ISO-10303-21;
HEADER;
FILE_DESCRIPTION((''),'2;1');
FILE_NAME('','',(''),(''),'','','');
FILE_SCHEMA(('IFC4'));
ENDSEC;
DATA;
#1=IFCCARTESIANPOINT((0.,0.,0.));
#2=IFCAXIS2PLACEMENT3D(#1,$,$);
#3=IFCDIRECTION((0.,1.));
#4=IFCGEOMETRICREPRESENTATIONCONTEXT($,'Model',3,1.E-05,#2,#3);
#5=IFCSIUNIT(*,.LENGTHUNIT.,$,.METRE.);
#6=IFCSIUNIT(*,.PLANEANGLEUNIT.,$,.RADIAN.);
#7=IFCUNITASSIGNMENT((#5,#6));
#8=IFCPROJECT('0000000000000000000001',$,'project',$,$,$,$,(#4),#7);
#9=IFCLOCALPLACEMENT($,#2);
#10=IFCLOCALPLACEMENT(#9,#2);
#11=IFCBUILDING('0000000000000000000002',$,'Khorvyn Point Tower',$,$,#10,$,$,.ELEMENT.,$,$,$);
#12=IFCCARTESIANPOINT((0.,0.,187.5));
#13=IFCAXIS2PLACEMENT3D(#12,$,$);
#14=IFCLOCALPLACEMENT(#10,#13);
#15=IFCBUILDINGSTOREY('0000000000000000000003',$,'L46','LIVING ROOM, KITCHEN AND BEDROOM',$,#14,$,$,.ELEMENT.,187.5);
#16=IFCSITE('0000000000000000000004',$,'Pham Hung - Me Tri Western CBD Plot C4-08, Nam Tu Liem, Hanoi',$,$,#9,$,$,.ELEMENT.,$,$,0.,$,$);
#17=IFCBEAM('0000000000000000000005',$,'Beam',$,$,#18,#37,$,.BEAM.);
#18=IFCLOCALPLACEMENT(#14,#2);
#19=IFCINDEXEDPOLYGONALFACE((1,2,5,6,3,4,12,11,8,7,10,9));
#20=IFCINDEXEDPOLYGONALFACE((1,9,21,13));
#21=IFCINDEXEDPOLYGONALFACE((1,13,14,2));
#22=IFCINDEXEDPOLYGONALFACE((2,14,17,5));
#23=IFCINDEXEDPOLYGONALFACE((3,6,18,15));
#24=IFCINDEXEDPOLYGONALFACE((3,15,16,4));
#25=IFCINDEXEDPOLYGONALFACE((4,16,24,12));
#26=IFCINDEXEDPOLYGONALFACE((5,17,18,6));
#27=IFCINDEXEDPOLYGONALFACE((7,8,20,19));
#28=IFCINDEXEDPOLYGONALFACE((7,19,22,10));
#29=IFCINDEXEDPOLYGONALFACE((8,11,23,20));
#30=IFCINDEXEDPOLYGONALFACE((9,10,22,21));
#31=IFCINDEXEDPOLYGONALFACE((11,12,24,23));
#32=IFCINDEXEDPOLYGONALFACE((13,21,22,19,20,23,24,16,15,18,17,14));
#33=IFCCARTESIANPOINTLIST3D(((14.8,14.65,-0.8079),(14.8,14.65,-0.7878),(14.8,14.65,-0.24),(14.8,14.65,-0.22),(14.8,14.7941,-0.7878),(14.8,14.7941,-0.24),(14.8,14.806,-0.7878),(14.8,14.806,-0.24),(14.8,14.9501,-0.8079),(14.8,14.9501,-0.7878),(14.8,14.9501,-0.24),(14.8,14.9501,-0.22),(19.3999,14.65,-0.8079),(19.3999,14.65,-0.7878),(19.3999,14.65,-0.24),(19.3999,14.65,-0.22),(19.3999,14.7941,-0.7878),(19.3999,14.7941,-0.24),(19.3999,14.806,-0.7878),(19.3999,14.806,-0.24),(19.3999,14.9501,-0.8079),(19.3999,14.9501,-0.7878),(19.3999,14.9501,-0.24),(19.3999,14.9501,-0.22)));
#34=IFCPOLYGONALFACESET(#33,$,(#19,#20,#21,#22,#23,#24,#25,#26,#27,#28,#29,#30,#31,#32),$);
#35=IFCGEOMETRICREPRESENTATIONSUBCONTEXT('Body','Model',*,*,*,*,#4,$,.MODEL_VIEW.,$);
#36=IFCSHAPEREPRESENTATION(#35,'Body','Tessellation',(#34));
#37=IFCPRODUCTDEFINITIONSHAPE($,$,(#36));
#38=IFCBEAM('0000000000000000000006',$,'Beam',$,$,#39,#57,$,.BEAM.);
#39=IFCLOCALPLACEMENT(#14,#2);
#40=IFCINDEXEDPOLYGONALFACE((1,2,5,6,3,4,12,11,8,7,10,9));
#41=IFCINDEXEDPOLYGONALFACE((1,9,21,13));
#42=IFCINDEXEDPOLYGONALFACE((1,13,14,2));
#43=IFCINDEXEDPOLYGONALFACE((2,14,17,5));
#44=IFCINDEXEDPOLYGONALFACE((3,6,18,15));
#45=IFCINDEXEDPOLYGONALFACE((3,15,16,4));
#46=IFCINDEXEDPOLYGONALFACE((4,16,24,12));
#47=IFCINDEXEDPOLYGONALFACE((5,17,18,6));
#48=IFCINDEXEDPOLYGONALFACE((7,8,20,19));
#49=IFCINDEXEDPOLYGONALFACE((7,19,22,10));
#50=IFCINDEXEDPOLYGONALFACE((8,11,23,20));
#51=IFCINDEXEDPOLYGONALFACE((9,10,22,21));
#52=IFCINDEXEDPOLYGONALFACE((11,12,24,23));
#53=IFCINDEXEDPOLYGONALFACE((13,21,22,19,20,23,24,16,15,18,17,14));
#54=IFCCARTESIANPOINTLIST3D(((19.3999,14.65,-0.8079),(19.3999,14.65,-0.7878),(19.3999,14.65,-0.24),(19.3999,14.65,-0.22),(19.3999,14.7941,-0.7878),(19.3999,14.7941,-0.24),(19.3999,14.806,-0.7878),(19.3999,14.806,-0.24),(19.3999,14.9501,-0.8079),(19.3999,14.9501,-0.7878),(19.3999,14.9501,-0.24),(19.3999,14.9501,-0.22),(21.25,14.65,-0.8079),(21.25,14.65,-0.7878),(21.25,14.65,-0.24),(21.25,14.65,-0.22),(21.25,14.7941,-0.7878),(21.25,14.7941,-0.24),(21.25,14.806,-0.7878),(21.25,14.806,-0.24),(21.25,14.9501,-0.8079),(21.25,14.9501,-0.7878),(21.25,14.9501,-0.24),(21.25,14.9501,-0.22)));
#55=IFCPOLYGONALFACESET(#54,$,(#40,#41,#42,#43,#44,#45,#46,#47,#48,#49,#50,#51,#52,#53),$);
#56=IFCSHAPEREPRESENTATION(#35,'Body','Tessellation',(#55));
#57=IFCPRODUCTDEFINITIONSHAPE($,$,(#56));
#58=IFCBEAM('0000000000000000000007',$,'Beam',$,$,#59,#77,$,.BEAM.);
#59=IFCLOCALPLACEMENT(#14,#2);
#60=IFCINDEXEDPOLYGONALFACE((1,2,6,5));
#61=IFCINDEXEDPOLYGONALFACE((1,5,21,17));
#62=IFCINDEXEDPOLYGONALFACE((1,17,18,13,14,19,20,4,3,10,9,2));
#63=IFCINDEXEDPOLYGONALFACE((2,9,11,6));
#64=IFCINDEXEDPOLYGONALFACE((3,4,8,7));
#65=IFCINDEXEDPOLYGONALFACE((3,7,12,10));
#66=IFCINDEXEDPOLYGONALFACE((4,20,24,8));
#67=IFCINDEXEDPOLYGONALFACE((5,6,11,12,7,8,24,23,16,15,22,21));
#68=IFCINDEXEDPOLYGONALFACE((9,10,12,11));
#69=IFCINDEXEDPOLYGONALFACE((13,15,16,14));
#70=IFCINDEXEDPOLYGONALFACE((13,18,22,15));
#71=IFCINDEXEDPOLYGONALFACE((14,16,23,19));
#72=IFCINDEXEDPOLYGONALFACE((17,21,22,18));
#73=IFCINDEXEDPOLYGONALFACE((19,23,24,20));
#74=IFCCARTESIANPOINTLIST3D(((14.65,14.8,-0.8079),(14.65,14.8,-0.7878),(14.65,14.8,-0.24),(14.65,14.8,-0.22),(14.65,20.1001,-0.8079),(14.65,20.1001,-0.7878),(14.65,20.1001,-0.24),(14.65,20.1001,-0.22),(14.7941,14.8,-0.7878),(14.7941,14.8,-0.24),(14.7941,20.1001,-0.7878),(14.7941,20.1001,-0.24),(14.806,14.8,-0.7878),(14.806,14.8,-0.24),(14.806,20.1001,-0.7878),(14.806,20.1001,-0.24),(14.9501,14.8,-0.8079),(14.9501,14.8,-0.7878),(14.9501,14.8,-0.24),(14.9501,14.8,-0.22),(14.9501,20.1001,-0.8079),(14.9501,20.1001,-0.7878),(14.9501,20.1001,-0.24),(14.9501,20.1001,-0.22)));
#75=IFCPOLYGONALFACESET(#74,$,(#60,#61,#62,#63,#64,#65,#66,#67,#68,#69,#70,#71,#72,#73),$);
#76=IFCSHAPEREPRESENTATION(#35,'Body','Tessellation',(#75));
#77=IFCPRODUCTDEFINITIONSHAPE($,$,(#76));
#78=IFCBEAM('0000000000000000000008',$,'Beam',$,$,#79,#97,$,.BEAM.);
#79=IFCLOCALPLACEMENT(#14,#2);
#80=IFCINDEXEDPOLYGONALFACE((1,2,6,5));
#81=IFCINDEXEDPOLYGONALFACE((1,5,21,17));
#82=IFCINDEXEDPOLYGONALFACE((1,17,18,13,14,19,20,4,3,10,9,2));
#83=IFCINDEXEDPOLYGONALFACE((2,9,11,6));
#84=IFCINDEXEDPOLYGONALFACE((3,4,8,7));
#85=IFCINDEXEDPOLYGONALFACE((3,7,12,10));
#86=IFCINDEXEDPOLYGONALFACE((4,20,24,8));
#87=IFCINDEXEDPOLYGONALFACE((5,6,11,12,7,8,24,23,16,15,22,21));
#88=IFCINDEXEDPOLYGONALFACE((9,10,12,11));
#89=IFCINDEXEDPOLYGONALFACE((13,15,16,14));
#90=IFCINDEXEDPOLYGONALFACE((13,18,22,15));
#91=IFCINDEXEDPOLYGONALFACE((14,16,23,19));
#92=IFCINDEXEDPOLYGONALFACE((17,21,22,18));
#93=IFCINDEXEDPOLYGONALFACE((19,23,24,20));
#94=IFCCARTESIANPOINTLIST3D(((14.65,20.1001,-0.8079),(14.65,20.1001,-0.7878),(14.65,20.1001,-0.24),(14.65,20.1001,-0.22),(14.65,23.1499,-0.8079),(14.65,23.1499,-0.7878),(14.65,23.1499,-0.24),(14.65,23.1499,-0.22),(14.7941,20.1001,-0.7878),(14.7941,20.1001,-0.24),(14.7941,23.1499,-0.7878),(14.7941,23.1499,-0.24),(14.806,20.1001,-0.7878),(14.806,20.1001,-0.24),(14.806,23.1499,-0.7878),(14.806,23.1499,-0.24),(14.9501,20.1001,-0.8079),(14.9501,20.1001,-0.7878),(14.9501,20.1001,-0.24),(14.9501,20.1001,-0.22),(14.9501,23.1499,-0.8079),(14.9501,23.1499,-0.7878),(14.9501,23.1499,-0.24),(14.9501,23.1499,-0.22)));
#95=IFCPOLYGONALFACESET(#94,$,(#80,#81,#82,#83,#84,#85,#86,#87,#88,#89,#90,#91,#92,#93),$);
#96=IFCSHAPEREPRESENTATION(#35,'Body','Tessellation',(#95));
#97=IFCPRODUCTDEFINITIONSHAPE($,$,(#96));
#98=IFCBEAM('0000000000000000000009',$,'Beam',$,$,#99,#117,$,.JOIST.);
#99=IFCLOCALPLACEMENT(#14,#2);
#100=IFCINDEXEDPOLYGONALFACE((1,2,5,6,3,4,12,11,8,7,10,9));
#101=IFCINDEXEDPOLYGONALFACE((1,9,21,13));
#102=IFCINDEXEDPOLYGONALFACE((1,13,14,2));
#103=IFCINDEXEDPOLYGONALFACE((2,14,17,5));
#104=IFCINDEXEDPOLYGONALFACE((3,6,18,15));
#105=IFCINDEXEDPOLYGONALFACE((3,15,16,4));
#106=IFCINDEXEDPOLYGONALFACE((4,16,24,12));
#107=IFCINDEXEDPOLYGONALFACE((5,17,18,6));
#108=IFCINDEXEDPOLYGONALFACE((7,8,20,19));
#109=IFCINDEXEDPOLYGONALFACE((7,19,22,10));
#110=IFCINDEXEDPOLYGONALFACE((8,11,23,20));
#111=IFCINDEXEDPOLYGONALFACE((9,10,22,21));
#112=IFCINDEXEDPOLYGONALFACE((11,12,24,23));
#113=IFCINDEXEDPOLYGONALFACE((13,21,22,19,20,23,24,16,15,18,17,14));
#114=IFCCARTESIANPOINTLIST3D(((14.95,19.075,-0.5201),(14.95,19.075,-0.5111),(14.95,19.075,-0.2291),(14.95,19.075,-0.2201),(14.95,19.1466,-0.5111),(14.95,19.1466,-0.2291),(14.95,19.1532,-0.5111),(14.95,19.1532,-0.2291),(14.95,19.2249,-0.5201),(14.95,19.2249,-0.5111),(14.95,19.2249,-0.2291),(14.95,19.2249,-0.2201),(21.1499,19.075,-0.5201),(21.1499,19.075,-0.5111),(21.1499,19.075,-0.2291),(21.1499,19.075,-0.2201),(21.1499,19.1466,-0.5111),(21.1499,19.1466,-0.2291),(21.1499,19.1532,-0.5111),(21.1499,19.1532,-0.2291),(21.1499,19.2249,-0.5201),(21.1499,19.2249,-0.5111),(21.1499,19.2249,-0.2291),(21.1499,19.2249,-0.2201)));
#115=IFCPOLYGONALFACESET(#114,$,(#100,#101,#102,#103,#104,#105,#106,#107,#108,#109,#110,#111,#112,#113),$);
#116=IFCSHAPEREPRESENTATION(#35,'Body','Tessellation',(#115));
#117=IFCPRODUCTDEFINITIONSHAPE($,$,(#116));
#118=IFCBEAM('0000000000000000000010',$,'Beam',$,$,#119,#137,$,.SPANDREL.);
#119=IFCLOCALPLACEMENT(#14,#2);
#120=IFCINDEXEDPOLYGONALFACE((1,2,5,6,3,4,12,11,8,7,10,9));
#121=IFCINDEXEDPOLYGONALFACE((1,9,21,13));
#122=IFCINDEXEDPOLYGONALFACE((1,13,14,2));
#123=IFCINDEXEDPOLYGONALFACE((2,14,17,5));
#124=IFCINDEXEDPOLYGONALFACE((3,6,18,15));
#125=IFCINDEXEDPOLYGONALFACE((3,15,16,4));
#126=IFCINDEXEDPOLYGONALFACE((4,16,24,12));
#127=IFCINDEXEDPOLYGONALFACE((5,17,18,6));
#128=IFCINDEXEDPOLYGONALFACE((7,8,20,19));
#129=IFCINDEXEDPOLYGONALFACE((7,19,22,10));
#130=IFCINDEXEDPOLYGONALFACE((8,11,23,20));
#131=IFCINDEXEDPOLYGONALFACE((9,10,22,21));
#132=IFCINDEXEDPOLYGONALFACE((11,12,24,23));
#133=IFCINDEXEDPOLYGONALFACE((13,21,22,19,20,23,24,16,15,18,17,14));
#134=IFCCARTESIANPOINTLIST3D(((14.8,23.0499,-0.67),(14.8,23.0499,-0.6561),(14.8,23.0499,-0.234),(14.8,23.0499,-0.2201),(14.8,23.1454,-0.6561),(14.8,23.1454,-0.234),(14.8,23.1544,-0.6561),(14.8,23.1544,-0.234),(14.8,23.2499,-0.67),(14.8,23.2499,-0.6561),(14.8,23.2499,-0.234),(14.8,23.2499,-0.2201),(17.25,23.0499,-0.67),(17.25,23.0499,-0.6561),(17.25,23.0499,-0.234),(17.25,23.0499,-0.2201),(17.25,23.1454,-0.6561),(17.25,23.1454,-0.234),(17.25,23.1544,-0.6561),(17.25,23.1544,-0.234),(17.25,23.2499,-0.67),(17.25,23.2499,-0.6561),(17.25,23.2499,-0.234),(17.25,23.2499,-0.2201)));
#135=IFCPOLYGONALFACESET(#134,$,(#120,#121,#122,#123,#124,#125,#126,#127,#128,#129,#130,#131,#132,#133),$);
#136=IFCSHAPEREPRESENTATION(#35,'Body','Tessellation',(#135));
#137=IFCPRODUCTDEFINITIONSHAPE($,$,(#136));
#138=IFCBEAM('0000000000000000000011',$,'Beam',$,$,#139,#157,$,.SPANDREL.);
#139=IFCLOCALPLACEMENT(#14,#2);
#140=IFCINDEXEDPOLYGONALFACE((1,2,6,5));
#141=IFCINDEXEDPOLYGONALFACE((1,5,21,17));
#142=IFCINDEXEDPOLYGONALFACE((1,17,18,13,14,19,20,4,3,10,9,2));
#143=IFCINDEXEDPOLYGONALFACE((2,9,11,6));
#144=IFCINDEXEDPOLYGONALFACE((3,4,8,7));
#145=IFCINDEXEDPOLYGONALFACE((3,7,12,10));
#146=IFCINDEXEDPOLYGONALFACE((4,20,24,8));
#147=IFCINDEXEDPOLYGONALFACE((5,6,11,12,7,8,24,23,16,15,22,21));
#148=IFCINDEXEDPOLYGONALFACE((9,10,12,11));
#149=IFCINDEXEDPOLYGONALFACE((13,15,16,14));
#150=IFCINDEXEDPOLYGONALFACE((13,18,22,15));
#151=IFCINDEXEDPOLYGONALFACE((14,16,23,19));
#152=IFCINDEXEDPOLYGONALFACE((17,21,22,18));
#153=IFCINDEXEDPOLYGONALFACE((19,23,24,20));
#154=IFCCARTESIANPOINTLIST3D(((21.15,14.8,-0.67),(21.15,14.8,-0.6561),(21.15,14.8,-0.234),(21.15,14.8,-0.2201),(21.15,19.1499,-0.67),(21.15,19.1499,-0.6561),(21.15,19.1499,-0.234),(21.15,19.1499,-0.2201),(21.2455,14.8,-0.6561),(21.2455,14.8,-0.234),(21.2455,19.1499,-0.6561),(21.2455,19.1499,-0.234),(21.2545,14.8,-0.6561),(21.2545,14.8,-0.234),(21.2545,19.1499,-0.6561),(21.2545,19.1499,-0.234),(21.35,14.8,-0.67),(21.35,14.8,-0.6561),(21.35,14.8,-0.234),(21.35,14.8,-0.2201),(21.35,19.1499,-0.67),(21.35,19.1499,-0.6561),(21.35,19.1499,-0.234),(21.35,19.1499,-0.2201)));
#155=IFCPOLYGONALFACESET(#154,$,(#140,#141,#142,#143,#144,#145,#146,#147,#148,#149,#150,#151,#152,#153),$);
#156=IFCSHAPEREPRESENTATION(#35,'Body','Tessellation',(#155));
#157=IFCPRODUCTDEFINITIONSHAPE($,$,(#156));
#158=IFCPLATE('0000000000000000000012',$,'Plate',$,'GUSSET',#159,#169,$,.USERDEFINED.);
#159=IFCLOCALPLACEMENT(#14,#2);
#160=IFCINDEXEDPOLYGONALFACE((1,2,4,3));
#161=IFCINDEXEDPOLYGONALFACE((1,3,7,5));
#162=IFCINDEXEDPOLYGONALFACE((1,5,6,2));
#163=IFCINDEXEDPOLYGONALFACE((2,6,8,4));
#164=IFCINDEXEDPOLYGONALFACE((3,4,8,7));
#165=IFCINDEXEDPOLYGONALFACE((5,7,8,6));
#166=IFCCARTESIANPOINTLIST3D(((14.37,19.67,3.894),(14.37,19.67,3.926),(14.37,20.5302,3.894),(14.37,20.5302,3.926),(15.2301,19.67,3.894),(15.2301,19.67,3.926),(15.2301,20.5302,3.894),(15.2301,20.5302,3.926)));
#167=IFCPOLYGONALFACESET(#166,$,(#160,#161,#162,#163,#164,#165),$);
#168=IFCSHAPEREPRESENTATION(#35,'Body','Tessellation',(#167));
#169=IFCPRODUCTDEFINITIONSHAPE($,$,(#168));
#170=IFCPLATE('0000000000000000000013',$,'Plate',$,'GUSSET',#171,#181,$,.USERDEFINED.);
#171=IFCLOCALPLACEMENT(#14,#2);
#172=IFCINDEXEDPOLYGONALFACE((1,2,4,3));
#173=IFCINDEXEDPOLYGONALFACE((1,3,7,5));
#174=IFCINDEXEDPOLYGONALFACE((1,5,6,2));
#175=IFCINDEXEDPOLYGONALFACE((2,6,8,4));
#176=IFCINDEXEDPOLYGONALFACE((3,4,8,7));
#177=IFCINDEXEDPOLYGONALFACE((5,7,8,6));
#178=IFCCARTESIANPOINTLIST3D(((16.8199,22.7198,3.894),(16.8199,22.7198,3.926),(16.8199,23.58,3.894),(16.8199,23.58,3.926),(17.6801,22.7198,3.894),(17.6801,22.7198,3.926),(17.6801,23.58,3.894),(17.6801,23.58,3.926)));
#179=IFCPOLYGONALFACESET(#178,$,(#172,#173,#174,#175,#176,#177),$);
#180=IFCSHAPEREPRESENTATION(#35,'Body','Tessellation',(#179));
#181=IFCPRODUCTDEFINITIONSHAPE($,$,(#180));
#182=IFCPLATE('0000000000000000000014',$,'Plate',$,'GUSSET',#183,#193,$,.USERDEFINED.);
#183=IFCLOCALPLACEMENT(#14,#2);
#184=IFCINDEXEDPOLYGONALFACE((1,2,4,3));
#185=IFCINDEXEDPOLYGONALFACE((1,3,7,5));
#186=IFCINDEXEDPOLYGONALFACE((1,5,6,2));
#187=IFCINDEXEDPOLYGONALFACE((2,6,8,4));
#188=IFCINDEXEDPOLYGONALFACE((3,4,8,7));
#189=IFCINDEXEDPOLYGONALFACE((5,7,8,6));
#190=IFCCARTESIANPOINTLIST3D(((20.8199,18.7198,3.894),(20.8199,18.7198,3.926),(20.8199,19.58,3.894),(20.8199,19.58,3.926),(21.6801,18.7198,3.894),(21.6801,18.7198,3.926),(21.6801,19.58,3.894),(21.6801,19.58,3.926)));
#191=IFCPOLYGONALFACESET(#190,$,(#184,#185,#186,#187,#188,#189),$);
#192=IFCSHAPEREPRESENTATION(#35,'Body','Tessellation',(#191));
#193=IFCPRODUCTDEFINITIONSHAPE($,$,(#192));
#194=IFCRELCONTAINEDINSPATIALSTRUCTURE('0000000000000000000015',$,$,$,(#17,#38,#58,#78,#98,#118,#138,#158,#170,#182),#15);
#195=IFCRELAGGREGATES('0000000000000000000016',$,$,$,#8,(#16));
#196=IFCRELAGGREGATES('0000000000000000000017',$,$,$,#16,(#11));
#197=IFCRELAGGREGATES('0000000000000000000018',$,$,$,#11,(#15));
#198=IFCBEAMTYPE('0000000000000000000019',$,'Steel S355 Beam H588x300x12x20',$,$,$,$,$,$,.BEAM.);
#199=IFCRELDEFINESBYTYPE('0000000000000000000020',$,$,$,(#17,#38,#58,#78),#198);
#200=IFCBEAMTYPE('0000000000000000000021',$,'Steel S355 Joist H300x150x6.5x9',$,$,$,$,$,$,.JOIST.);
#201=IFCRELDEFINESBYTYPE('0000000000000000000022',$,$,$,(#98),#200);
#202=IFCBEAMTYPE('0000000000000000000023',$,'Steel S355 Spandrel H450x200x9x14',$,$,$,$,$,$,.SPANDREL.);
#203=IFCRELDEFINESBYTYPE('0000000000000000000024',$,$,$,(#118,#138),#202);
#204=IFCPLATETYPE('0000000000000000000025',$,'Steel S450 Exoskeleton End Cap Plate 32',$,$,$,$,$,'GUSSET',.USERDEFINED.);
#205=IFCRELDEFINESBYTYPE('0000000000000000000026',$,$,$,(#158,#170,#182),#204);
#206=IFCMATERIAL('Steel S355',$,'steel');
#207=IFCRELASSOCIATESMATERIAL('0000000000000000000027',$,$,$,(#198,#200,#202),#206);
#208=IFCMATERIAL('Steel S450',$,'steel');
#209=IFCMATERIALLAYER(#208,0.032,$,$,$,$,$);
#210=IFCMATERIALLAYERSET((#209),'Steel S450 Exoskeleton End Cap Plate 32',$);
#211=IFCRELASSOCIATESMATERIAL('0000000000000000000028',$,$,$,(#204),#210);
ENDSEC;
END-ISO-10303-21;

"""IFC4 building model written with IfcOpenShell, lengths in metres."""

from ifc_helpers import new_model, si_unit, direction, frame, origin, origin_2d, place, context, subcontext, project, spatial, rectangle, i_section, extrude, material, layer, layer_set, material_profile, profile_set, type_object, element, save


model = new_model("IFC4")

# Units and contexts
model_context = context("Model", 3, precision=1e-05, world=origin(), true_north=direction((0.0, 1.0)))
body_context = subcontext(model_context, "Body", "Model", "MODEL_VIEW")
ifc_project = project(units=[si_unit("LENGTHUNIT", "METRE"), si_unit("PLANEANGLEUNIT", "RADIAN")], contexts=[model_context])

# Site, building, storey
site_placement = place(None, origin())
site = spatial("IfcSite", under=ifc_project, at=site_placement, Name="Pham Hung - Me Tri Western CBD Plot C4-08, Nam Tu Liem, Hanoi", CompositionType="ELEMENT", RefElevation=0.0)
building_placement = place(site_placement, origin())
building = spatial("IfcBuilding", under=site, at=building_placement, Name="Khorvyn Point Tower", CompositionType="ELEMENT")
storey_placement = place(building_placement, frame((0.0, 0.0, 187.5)))
storey = spatial("IfcBuildingStorey", under=building, at=storey_placement, Name="L46", Description="LIVING ROOM, KITCHEN AND BEDROOM", CompositionType="ELEMENT", Elevation=187.5)

# Shared definitions
ifc_material_1 = material(Name="Steel S450", Category="steel")

# Beams
ifc_material_2 = material(Name="Steel S355", Category="steel")
ifc_material_profile_1 = material_profile(ifc_material_2, i_section(OverallWidth=0.3, OverallDepth=0.5879, WebThickness=0.012, FlangeThickness=0.02, at=origin_2d()))
ifc_profile_set_1 = profile_set([ifc_material_profile_1], Name="Steel S355 H588x300x12x20")
beam_type_1 = type_object("IfcBeamType", Name="Steel S355 Beam H588x300x12x20", PredefinedType="BEAM", material=ifc_profile_set_1)
beam_1_placement = place(storey_placement, frame((14.8, 14.8, -0.5139), z_axis=(1.0, 0.0, 0.0), x_axis=(0.0, 1.0, 0.0)))
element("IfcBeam", 1, at=beam_1_placement, inside=storey, type_object=beam_type_1, Name="Beam", PredefinedType="BEAM", context=body_context, shape_type="SweptSolid", body=[
    extrude(i_section(OverallWidth=0.3, OverallDepth=0.5879, WebThickness=0.012, FlangeThickness=0.02, at=origin_2d()), origin(), (0.0, 0.0, 1.0), 4.5999),
])
beam_2_placement = place(storey_placement, frame((19.3999, 14.8, -0.5139), z_axis=(1.0, 0.0, 0.0), x_axis=(0.0, 1.0, 0.0)))
element("IfcBeam", 2, at=beam_2_placement, inside=storey, type_object=beam_type_1, Name="Beam", PredefinedType="BEAM", context=body_context, shape_type="SweptSolid", body=[
    extrude(i_section(OverallWidth=0.3, OverallDepth=0.5879, WebThickness=0.012, FlangeThickness=0.02, at=origin_2d()), origin(), (0.0, 0.0, 1.0), 1.8501),
])
beam_3_placement = place(storey_placement, frame((14.8, 14.8, -0.5139), z_axis=(0.0, 1.0, 0.0), x_axis=(-1.0, 0.0, 0.0)))
element("IfcBeam", 3, at=beam_3_placement, inside=storey, type_object=beam_type_1, Name="Beam", PredefinedType="BEAM", context=body_context, shape_type="SweptSolid", body=[
    extrude(i_section(OverallWidth=0.3, OverallDepth=0.5879, WebThickness=0.012, FlangeThickness=0.02, at=origin_2d()), origin(), (0.0, 0.0, 1.0), 5.3),
])
beam_4_placement = place(storey_placement, frame((14.8, 20.1001, -0.5139), z_axis=(0.0, 1.0, 0.0), x_axis=(-1.0, 0.0, 0.0)))
element("IfcBeam", 4, at=beam_4_placement, inside=storey, type_object=beam_type_1, Name="Beam", PredefinedType="BEAM", context=body_context, shape_type="SweptSolid", body=[
    extrude(i_section(OverallWidth=0.3, OverallDepth=0.5879, WebThickness=0.012, FlangeThickness=0.02, at=origin_2d()), origin(), (0.0, 0.0, 1.0), 3.0498),
])
ifc_material_profile_2 = material_profile(ifc_material_2, i_section(OverallWidth=0.1499, OverallDepth=0.3, WebThickness=0.0066, FlangeThickness=0.009, at=origin_2d()))
ifc_profile_set_2 = profile_set([ifc_material_profile_2], Name="Steel S355 H300x150x6.5x9")
beam_type_2 = type_object("IfcBeamType", Name="Steel S355 Joist H300x150x6.5x9", PredefinedType="JOIST", material=ifc_profile_set_2)
beam_5_placement = place(storey_placement, frame((14.95, 19.1499, -0.3701), z_axis=(1.0, 0.0, 0.0), x_axis=(0.0, 1.0, 0.0)))
element("IfcBeam", 5, at=beam_5_placement, inside=storey, type_object=beam_type_2, Name="Beam", PredefinedType="JOIST", context=body_context, shape_type="SweptSolid", body=[
    extrude(i_section(OverallWidth=0.1499, OverallDepth=0.3, WebThickness=0.0066, FlangeThickness=0.009, at=origin_2d()), origin(), (0.0, 0.0, 1.0), 6.2),
])
ifc_material_profile_3 = material_profile(ifc_material_2, i_section(OverallWidth=0.2, OverallDepth=0.45, WebThickness=0.009, FlangeThickness=0.0139, at=origin_2d()))
ifc_profile_set_3 = profile_set([ifc_material_profile_3], Name="Steel S355 H450x200x9x14")
beam_type_3 = type_object("IfcBeamType", Name="Steel S355 Spandrel H450x200x9x14", PredefinedType="SPANDREL", material=ifc_profile_set_3)
beam_6_placement = place(storey_placement, frame((14.8, 23.1499, -0.4451), z_axis=(1.0, 0.0, 0.0), x_axis=(0.0, 1.0, 0.0)))
element("IfcBeam", 6, at=beam_6_placement, inside=storey, type_object=beam_type_3, Name="Beam", PredefinedType="SPANDREL", context=body_context, shape_type="SweptSolid", body=[
    extrude(i_section(OverallWidth=0.2, OverallDepth=0.45, WebThickness=0.009, FlangeThickness=0.0139, at=origin_2d()), origin(), (0.0, 0.0, 1.0), 2.45),
])
beam_7_placement = place(storey_placement, frame((21.25, 14.8, -0.4451), z_axis=(0.0, 1.0, 0.0), x_axis=(-1.0, 0.0, 0.0)))
element("IfcBeam", 7, at=beam_7_placement, inside=storey, type_object=beam_type_3, Name="Beam", PredefinedType="SPANDREL", context=body_context, shape_type="SweptSolid", body=[
    extrude(i_section(OverallWidth=0.2, OverallDepth=0.45, WebThickness=0.009, FlangeThickness=0.0139, at=origin_2d()), origin(), (0.0, 0.0, 1.0), 4.3499),
])

# Plates
ifc_layer_1 = layer(ifc_material_1, 0.032)
ifc_layer_set_1 = layer_set([ifc_layer_1], Name="Steel S450 Exoskeleton End Cap Plate 32")
plate_type_1 = type_object("IfcPlateType", Name="Steel S450 Exoskeleton End Cap Plate 32", ElementType="GUSSET", PredefinedType="USERDEFINED", material=ifc_layer_set_1)
for number, where, z_axis, x_axis, name in (
    (8, (14.8, 20.1001, 3.894), (0.0, 0.0, 1.0), (1.0, 0.0, 0.0), "Plate"),
    (9, (17.25, 23.1499, 3.894), (0.0, 0.0, 1.0), (1.0, 0.0, 0.0), "Plate"),
    (10, (21.25, 19.1499, 3.894), (0.0, 0.0, 1.0), (1.0, 0.0, 0.0), "Plate"),
):
    element("IfcPlate", number, at=place(storey_placement, frame(where, z_axis=z_axis, x_axis=x_axis)), inside=storey, type_object=plate_type_1, Name=name, ObjectType="GUSSET", PredefinedType="USERDEFINED", context=body_context, shape_type="SweptSolid", body=[
        extrude(rectangle(XDim=0.8601, YDim=0.8601, at=origin_2d()), origin(), (0.0, 0.0, 1.0), 0.032),
    ])

save(model, "model.ifc")
